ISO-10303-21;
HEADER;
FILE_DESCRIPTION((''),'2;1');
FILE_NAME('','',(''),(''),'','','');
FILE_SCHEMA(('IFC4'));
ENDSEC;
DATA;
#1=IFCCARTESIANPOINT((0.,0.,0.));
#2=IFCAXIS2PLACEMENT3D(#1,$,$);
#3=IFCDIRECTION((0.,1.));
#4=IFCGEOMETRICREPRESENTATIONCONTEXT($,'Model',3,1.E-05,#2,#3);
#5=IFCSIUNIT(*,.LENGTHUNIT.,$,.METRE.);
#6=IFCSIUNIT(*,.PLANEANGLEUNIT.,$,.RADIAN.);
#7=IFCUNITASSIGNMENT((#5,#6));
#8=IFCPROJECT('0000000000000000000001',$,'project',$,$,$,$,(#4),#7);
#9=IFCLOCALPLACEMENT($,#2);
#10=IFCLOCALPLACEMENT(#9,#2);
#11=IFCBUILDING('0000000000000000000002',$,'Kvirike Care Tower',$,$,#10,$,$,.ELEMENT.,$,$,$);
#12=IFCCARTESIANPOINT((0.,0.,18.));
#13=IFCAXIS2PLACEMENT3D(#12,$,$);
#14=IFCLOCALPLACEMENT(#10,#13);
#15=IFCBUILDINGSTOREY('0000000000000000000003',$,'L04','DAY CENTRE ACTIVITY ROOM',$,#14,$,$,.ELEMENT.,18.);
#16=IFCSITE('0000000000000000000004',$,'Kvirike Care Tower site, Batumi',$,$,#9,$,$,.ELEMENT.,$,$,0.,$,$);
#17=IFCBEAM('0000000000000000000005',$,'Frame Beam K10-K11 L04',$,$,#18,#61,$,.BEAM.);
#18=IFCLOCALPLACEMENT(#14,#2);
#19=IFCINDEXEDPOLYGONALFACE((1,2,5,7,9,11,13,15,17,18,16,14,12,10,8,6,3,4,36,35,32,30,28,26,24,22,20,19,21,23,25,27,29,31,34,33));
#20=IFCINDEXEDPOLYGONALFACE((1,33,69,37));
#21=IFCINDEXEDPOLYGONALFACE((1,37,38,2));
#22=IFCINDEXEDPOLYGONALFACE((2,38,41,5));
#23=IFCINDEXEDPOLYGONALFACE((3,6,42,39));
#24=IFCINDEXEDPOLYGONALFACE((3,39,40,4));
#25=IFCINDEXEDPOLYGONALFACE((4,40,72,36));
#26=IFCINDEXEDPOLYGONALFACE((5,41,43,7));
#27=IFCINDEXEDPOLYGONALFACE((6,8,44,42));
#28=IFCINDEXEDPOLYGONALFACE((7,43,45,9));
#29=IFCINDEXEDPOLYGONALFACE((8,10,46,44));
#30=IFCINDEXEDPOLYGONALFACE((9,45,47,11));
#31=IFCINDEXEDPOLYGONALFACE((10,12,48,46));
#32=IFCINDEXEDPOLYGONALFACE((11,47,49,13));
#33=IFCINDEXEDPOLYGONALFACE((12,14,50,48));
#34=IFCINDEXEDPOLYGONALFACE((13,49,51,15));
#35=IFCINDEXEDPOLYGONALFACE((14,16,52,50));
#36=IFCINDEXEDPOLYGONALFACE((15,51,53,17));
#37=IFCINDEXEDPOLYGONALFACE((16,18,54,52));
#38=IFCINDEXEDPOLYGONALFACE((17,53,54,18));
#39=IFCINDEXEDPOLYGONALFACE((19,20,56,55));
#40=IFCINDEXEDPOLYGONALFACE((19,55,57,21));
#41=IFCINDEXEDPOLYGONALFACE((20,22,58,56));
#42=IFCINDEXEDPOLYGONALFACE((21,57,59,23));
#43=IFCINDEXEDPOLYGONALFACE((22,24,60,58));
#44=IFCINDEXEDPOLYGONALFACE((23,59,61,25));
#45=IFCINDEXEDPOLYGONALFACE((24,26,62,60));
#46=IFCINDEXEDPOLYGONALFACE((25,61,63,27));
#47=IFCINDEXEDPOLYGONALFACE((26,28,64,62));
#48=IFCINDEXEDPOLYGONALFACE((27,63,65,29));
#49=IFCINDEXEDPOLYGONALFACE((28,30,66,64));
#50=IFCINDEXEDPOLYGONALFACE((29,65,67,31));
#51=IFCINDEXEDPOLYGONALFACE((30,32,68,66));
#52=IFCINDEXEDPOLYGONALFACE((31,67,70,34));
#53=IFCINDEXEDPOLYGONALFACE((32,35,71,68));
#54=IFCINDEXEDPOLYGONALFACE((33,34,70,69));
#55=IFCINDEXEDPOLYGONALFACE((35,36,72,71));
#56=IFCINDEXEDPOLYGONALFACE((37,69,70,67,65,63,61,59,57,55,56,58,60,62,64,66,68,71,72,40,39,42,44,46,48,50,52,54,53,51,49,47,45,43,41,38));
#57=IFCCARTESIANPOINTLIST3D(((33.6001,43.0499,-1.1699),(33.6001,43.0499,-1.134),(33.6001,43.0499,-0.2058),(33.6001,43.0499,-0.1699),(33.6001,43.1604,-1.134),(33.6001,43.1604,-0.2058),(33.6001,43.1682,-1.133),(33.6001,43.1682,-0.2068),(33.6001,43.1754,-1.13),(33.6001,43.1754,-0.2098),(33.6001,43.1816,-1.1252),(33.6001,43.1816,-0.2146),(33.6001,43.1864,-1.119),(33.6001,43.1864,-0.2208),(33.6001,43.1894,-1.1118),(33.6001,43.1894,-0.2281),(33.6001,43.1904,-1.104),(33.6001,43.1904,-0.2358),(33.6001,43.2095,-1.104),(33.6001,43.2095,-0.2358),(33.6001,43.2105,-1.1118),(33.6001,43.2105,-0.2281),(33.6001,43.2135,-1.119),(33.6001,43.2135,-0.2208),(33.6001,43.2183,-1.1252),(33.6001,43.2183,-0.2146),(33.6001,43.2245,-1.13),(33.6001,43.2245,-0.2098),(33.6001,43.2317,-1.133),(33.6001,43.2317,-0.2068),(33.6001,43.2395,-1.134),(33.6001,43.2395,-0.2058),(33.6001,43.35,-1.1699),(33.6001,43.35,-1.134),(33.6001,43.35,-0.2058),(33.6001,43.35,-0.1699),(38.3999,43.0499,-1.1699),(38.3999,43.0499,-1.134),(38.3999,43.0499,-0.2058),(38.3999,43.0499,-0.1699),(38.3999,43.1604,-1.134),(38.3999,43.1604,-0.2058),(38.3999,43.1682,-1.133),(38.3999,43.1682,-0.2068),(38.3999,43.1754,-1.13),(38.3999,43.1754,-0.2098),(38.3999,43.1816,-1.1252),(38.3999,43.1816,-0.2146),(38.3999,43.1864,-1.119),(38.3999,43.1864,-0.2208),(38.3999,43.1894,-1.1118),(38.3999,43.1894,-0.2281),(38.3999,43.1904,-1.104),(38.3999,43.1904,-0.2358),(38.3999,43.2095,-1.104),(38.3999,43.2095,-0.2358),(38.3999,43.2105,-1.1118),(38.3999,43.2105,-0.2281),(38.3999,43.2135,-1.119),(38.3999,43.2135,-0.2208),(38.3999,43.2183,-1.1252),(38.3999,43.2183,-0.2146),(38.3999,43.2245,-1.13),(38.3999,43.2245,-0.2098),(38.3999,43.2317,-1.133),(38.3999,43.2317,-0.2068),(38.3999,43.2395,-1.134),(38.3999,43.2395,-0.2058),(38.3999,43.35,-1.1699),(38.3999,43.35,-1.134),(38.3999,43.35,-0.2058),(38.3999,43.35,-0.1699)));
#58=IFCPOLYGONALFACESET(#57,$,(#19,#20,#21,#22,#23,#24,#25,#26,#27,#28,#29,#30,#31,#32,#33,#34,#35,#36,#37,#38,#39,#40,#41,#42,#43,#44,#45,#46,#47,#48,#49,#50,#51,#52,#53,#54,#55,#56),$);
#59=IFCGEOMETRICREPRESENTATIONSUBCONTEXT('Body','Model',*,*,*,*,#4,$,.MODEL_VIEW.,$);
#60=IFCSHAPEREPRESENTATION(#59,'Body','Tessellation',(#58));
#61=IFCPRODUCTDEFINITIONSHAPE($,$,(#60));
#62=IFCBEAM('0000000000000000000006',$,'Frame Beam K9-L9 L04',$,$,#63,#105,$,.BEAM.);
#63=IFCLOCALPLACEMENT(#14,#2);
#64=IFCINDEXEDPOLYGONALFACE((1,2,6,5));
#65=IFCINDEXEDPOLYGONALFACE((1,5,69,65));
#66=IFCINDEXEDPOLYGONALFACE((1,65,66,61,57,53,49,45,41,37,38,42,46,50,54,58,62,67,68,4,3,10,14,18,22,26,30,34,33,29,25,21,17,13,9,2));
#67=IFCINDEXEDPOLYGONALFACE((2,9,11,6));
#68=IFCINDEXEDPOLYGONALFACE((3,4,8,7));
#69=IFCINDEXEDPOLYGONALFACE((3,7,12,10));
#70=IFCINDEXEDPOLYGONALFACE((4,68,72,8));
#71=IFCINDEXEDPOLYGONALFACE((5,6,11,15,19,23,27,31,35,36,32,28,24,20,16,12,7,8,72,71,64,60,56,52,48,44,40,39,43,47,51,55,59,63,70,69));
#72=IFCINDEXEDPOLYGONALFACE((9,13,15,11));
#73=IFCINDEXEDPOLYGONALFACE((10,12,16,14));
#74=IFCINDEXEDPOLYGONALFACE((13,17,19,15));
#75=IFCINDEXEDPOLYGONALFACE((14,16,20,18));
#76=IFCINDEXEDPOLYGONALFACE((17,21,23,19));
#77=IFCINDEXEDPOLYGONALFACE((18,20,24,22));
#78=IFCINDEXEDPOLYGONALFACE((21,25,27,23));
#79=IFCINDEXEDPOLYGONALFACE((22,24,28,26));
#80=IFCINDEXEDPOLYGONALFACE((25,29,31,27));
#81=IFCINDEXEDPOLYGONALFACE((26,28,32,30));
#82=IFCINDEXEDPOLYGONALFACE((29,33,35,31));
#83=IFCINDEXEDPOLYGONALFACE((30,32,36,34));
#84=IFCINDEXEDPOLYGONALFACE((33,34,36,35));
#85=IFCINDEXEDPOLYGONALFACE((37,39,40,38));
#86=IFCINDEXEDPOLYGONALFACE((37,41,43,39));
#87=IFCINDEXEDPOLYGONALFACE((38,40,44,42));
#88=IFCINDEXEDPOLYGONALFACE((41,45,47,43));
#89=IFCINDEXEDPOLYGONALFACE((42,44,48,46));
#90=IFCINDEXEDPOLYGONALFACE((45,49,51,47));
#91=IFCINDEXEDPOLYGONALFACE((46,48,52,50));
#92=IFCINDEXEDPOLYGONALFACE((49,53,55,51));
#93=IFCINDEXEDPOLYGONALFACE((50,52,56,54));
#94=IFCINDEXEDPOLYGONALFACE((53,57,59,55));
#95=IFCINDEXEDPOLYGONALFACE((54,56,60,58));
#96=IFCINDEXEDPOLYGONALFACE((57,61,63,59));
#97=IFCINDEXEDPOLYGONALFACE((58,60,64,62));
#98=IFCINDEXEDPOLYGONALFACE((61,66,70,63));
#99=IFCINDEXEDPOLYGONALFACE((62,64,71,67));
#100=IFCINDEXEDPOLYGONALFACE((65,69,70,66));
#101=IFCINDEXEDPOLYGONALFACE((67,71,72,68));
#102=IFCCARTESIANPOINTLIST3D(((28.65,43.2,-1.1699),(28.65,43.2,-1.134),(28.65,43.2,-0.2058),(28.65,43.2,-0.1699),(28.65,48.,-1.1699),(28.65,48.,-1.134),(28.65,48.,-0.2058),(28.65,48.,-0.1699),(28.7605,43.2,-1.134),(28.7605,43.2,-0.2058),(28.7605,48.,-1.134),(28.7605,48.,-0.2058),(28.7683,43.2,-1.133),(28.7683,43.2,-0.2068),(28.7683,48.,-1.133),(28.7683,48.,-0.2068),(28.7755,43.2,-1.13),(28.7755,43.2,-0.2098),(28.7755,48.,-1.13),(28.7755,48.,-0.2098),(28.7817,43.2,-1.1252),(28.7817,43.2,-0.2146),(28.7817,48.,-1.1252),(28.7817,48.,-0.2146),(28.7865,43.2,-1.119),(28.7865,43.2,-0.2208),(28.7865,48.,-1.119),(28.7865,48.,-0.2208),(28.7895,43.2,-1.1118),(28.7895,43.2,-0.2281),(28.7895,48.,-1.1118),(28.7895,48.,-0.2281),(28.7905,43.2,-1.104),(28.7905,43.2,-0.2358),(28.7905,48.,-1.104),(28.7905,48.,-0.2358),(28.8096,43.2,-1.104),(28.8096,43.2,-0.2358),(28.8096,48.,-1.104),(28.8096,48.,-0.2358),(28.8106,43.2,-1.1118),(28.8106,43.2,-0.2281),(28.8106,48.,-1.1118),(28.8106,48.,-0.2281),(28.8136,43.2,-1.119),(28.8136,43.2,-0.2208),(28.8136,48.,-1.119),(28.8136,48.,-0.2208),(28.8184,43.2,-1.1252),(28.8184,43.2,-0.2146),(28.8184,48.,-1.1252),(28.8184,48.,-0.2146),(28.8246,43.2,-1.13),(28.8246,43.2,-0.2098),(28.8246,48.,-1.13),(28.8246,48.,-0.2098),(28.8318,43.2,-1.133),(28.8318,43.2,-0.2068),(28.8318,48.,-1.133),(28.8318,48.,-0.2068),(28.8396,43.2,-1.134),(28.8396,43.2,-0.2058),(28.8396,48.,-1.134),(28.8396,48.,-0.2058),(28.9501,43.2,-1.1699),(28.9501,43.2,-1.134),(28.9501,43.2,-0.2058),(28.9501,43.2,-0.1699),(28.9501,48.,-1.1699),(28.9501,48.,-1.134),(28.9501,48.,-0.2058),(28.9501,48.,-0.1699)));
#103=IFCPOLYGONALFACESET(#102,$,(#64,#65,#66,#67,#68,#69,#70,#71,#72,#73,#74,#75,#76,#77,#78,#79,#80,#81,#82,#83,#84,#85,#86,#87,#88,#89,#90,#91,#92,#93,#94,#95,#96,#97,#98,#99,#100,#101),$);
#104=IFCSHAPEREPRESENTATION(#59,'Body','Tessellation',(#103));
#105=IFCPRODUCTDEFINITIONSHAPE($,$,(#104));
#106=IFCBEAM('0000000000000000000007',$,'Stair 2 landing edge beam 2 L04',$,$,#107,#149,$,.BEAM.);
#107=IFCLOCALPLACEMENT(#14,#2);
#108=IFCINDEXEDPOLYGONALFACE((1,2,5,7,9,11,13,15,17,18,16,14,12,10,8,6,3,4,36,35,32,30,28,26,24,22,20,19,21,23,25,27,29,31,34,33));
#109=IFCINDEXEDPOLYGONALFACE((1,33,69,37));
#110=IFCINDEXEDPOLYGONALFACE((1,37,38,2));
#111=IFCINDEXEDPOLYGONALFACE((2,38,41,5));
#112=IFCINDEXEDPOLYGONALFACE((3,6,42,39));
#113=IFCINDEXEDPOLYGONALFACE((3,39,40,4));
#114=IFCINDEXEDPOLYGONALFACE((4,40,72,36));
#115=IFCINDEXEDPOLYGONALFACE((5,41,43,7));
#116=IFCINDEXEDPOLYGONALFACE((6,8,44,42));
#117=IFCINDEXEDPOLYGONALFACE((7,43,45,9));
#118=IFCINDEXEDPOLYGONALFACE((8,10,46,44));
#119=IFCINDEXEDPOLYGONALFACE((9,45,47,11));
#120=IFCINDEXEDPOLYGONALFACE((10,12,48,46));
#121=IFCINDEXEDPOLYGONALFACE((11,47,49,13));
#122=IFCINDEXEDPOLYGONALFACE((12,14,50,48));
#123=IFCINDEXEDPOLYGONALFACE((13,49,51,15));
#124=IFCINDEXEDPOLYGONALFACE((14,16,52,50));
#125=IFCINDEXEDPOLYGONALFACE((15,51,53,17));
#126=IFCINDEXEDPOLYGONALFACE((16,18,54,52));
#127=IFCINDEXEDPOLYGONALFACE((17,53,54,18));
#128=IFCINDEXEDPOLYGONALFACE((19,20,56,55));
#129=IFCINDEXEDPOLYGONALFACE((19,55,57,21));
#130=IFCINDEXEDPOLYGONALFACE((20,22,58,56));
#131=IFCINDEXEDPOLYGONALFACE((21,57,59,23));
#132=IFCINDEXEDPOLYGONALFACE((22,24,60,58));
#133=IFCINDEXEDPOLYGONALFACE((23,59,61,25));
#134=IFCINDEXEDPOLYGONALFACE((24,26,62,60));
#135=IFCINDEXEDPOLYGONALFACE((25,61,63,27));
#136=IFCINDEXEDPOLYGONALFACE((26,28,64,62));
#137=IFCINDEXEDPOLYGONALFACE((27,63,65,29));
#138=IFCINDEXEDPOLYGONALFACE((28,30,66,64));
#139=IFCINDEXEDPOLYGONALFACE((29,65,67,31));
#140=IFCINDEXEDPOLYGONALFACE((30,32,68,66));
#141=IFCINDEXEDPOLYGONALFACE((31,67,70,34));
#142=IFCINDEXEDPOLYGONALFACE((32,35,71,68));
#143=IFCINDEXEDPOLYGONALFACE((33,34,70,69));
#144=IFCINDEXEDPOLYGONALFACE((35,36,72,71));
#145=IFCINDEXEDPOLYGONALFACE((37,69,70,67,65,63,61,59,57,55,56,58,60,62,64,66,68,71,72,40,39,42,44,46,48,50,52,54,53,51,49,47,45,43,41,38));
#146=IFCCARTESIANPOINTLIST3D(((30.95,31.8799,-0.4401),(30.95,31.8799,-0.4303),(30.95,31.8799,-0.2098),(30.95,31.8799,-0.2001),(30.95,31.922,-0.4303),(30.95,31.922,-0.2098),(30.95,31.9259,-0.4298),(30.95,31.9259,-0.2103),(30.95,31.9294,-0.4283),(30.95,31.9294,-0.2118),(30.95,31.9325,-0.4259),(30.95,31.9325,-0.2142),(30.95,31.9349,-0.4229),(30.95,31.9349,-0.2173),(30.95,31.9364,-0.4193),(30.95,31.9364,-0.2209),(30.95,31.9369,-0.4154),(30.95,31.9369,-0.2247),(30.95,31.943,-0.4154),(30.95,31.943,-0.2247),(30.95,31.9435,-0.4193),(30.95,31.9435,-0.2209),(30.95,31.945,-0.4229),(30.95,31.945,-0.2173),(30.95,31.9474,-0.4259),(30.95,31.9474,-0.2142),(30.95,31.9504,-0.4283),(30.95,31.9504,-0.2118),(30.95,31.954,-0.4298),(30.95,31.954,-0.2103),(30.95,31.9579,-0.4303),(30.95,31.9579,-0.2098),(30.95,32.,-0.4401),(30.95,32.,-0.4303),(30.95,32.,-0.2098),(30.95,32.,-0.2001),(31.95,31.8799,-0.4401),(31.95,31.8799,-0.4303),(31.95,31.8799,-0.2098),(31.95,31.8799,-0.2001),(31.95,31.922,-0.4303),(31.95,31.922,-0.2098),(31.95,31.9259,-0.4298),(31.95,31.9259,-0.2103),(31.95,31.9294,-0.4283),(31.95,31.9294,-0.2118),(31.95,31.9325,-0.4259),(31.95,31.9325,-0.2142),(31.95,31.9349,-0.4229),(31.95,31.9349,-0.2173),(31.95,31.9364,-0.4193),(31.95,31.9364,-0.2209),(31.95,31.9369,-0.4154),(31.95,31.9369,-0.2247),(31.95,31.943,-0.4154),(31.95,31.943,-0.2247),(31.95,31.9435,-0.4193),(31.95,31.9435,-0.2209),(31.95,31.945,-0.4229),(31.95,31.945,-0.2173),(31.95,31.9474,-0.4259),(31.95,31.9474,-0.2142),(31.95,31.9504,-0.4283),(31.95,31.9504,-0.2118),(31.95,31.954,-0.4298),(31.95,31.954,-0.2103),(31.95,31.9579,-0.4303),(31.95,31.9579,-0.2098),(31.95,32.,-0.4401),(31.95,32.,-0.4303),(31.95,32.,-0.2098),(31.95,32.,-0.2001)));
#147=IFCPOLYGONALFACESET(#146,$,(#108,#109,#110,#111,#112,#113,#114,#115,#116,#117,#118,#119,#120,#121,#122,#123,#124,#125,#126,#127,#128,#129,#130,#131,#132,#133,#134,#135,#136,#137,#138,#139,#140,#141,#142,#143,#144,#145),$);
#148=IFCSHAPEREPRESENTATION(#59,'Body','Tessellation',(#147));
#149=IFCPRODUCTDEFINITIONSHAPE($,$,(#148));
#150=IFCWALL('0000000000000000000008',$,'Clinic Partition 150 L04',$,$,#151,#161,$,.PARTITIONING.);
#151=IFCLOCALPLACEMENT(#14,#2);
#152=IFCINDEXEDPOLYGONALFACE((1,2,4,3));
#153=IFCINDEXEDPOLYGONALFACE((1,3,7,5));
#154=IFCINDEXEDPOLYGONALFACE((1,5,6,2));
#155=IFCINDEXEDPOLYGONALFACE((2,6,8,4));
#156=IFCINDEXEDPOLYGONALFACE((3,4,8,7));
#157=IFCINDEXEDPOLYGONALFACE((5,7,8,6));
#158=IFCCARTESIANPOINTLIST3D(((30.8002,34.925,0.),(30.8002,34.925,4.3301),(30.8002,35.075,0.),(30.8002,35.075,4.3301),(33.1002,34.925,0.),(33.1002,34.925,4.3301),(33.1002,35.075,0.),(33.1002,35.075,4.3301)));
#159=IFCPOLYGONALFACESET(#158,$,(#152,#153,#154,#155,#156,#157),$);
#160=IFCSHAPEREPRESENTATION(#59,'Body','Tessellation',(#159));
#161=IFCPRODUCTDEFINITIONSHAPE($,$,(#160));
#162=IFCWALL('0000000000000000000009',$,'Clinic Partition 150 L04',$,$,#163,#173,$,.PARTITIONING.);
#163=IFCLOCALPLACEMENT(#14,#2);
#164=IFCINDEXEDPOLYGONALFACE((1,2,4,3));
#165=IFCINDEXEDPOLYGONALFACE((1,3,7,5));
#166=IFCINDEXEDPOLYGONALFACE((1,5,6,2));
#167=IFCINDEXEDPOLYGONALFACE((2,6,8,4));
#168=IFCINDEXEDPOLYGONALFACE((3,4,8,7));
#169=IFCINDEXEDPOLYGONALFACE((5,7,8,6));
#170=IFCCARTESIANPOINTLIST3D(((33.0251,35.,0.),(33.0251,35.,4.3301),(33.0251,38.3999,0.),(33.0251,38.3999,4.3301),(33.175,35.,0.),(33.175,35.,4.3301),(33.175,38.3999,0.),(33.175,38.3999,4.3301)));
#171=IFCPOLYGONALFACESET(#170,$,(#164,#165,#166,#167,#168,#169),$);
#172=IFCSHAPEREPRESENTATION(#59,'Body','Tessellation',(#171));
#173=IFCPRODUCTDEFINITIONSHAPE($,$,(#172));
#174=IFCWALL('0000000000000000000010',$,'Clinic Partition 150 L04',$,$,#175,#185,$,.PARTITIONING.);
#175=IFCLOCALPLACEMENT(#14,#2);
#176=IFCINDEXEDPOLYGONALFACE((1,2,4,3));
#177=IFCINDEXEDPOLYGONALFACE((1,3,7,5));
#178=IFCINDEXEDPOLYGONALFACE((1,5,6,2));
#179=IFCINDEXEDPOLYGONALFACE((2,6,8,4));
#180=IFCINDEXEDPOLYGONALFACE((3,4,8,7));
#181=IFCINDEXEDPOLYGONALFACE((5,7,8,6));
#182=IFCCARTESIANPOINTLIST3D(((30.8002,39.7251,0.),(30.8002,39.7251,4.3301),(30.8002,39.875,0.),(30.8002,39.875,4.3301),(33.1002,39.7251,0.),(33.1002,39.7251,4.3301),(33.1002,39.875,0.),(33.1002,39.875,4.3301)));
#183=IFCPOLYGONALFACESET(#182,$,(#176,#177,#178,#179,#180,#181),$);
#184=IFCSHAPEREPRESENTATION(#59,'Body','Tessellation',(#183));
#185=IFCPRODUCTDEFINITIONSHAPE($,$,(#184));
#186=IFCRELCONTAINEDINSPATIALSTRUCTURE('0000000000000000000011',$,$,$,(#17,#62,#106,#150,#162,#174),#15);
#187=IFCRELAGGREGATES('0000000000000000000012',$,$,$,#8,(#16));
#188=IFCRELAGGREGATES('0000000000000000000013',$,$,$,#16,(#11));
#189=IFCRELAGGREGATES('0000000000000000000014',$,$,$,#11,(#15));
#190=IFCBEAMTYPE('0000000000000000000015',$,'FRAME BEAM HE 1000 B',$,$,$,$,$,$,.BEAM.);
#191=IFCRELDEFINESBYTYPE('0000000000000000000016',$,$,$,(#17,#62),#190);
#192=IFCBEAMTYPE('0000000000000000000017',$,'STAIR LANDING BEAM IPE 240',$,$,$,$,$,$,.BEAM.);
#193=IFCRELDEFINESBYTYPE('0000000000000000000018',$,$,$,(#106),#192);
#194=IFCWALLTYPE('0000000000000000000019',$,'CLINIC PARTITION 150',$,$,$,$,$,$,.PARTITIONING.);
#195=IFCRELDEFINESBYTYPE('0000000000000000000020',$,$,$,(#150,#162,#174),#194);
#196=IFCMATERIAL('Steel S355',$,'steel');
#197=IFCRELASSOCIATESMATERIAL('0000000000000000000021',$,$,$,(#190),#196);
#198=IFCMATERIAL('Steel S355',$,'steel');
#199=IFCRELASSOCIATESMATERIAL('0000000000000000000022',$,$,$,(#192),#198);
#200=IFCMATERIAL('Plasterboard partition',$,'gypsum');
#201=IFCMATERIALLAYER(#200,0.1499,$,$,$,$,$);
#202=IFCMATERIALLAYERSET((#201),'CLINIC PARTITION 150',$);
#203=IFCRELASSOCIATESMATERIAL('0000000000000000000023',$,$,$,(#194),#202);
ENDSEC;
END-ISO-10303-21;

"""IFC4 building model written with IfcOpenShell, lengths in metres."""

from ifc_helpers import new_model, si_unit, direction, frame, frame_2d, origin, origin_2d, place, context, subcontext, project, spatial, rectangle, i_section, extrude, material, layer, layer_set, material_profile, profile_set, type_object, element, save


model = new_model("IFC4")

# Units and contexts
model_context = context("Model", 3, precision=1e-05, world=origin(), true_north=direction((0.0, 1.0)))
body_context = subcontext(model_context, "Body", "Model", "MODEL_VIEW")
ifc_project = project(units=[si_unit("LENGTHUNIT", "METRE"), si_unit("PLANEANGLEUNIT", "RADIAN")], contexts=[model_context])

# Site, building, storey
site_placement = place(None, origin())
site = spatial("IfcSite", under=ifc_project, at=site_placement, Name="Kvirike Care Tower site, Batumi", CompositionType="ELEMENT", RefElevation=0.0)
building_placement = place(site_placement, origin())
building = spatial("IfcBuilding", under=site, at=building_placement, Name="Kvirike Care Tower", CompositionType="ELEMENT")
storey_placement = place(building_placement, frame((0.0, 0.0, 18.0)))
storey = spatial("IfcBuildingStorey", under=building, at=storey_placement, Name="L04", Description="DAY CENTRE ACTIVITY ROOM", CompositionType="ELEMENT", Elevation=18.0)

# Beams
ifc_material_1 = material(Name="Steel S355", Category="steel")
ifc_material_profile_1 = material_profile(ifc_material_1, i_section(OverallWidth=0.3, OverallDepth=1.0, WebThickness=0.019, FlangeThickness=0.0359, FilletRadius=0.03, at=origin_2d()), Name="HE 1000 B")
ifc_profile_set_1 = profile_set([ifc_material_profile_1], Name="Steel S355")
beam_type_1 = type_object("IfcBeamType", Name="FRAME BEAM HE 1000 B", PredefinedType="BEAM", material=ifc_profile_set_1)
beam_1_placement = place(storey_placement, frame((33.6001, 43.2, -0.6699), z_axis=(1.0, 0.0, 0.0), x_axis=(0.0, 1.0, 0.0)))
element("IfcBeam", 1, at=beam_1_placement, inside=storey, type_object=beam_type_1, Name="Frame Beam K10-K11 L04", PredefinedType="BEAM", context=body_context, shape_type="SweptSolid", body=[
    extrude(i_section(OverallWidth=0.3, OverallDepth=1.0, WebThickness=0.019, FlangeThickness=0.0359, FilletRadius=0.03, at=origin_2d()), origin(), (0.0, 0.0, 1.0), 4.7998),
])
beam_2_placement = place(storey_placement, frame((28.8, 43.2, -0.6699), z_axis=(0.0, 1.0, 0.0), x_axis=(-1.0, 0.0, 0.0)))
element("IfcBeam", 2, at=beam_2_placement, inside=storey, type_object=beam_type_1, Name="Frame Beam K9-L9 L04", PredefinedType="BEAM", context=body_context, shape_type="SweptSolid", body=[
    extrude(i_section(OverallWidth=0.3, OverallDepth=1.0, WebThickness=0.019, FlangeThickness=0.0359, FilletRadius=0.03, at=origin_2d()), origin(), (0.0, 0.0, 1.0), 4.8),
])
ifc_material_2 = material(Name="Steel S355", Category="steel")
ifc_material_profile_2 = material_profile(ifc_material_2, i_section(OverallWidth=0.1201, OverallDepth=0.24, WebThickness=0.0061, FlangeThickness=0.0098, FilletRadius=0.0149, at=origin_2d()), Name="IPE 240")
ifc_profile_set_2 = profile_set([ifc_material_profile_2], Name="Steel S355")
beam_type_2 = type_object("IfcBeamType", Name="STAIR LANDING BEAM IPE 240", PredefinedType="BEAM", material=ifc_profile_set_2)
beam_3_placement = place(storey_placement, frame((31.95, 31.9399, -0.3201), z_axis=(-1.0, 0.0, 0.0), x_axis=(0.0, -1.0, 0.0)))
element("IfcBeam", 3, at=beam_3_placement, inside=storey, type_object=beam_type_2, Name="Stair 2 landing edge beam 2 L04", PredefinedType="BEAM", context=body_context, shape_type="SweptSolid", body=[
    extrude(i_section(OverallWidth=0.1201, OverallDepth=0.24, WebThickness=0.0061, FlangeThickness=0.0098, FilletRadius=0.0149, at=origin_2d()), origin(), (0.0, 0.0, 1.0), 1.0),
])

# Walls
ifc_material_3 = material(Name="Plasterboard partition", Category="gypsum")
ifc_layer_1 = layer(ifc_material_3, 0.1499)
ifc_layer_set_1 = layer_set([ifc_layer_1], Name="CLINIC PARTITION 150")
wall_type_1 = type_object("IfcWallType", Name="CLINIC PARTITION 150", PredefinedType="PARTITIONING", material=ifc_layer_set_1)
wall_1_placement = place(storey_placement, frame((33.1001, 35.0, 0.0), z_axis=(0.0, 0.0, 1.0), x_axis=(-1.0, 0.0, 0.0)))
element("IfcWall", 4, at=wall_1_placement, inside=storey, type_object=wall_type_1, Name="Clinic Partition 150 L04", PredefinedType="PARTITIONING", context=body_context, shape_type="SweptSolid", body=[
    extrude(rectangle(XDim=2.3, YDim=0.1499, at=frame_2d((1.1499, 0.0))), origin(), (0.0, 0.0, 1.0), 4.3301),
])
wall_2_placement = place(storey_placement, frame((33.1001, 35.0, 0.0), z_axis=(0.0, 0.0, 1.0), x_axis=(0.0, 1.0, 0.0)))
element("IfcWall", 5, at=wall_2_placement, inside=storey, type_object=wall_type_1, Name="Clinic Partition 150 L04", PredefinedType="PARTITIONING", context=body_context, shape_type="SweptSolid", body=[
    extrude(rectangle(XDim=3.3999, YDim=0.1499, at=frame_2d((1.7, 0.0))), origin(), (0.0, 0.0, 1.0), 4.3301),
])
wall_3_placement = place(storey_placement, frame((33.1001, 39.8, 0.0), z_axis=(0.0, 0.0, 1.0), x_axis=(-1.0, 0.0, 0.0)))
element("IfcWall", 6, at=wall_3_placement, inside=storey, type_object=wall_type_1, Name="Clinic Partition 150 L04", PredefinedType="PARTITIONING", context=body_context, shape_type="SweptSolid", body=[
    extrude(rectangle(XDim=2.3, YDim=0.1499, at=frame_2d((1.1499, 0.0))), origin(), (0.0, 0.0, 1.0), 4.3301),
])

save(model, "model.ifc")
